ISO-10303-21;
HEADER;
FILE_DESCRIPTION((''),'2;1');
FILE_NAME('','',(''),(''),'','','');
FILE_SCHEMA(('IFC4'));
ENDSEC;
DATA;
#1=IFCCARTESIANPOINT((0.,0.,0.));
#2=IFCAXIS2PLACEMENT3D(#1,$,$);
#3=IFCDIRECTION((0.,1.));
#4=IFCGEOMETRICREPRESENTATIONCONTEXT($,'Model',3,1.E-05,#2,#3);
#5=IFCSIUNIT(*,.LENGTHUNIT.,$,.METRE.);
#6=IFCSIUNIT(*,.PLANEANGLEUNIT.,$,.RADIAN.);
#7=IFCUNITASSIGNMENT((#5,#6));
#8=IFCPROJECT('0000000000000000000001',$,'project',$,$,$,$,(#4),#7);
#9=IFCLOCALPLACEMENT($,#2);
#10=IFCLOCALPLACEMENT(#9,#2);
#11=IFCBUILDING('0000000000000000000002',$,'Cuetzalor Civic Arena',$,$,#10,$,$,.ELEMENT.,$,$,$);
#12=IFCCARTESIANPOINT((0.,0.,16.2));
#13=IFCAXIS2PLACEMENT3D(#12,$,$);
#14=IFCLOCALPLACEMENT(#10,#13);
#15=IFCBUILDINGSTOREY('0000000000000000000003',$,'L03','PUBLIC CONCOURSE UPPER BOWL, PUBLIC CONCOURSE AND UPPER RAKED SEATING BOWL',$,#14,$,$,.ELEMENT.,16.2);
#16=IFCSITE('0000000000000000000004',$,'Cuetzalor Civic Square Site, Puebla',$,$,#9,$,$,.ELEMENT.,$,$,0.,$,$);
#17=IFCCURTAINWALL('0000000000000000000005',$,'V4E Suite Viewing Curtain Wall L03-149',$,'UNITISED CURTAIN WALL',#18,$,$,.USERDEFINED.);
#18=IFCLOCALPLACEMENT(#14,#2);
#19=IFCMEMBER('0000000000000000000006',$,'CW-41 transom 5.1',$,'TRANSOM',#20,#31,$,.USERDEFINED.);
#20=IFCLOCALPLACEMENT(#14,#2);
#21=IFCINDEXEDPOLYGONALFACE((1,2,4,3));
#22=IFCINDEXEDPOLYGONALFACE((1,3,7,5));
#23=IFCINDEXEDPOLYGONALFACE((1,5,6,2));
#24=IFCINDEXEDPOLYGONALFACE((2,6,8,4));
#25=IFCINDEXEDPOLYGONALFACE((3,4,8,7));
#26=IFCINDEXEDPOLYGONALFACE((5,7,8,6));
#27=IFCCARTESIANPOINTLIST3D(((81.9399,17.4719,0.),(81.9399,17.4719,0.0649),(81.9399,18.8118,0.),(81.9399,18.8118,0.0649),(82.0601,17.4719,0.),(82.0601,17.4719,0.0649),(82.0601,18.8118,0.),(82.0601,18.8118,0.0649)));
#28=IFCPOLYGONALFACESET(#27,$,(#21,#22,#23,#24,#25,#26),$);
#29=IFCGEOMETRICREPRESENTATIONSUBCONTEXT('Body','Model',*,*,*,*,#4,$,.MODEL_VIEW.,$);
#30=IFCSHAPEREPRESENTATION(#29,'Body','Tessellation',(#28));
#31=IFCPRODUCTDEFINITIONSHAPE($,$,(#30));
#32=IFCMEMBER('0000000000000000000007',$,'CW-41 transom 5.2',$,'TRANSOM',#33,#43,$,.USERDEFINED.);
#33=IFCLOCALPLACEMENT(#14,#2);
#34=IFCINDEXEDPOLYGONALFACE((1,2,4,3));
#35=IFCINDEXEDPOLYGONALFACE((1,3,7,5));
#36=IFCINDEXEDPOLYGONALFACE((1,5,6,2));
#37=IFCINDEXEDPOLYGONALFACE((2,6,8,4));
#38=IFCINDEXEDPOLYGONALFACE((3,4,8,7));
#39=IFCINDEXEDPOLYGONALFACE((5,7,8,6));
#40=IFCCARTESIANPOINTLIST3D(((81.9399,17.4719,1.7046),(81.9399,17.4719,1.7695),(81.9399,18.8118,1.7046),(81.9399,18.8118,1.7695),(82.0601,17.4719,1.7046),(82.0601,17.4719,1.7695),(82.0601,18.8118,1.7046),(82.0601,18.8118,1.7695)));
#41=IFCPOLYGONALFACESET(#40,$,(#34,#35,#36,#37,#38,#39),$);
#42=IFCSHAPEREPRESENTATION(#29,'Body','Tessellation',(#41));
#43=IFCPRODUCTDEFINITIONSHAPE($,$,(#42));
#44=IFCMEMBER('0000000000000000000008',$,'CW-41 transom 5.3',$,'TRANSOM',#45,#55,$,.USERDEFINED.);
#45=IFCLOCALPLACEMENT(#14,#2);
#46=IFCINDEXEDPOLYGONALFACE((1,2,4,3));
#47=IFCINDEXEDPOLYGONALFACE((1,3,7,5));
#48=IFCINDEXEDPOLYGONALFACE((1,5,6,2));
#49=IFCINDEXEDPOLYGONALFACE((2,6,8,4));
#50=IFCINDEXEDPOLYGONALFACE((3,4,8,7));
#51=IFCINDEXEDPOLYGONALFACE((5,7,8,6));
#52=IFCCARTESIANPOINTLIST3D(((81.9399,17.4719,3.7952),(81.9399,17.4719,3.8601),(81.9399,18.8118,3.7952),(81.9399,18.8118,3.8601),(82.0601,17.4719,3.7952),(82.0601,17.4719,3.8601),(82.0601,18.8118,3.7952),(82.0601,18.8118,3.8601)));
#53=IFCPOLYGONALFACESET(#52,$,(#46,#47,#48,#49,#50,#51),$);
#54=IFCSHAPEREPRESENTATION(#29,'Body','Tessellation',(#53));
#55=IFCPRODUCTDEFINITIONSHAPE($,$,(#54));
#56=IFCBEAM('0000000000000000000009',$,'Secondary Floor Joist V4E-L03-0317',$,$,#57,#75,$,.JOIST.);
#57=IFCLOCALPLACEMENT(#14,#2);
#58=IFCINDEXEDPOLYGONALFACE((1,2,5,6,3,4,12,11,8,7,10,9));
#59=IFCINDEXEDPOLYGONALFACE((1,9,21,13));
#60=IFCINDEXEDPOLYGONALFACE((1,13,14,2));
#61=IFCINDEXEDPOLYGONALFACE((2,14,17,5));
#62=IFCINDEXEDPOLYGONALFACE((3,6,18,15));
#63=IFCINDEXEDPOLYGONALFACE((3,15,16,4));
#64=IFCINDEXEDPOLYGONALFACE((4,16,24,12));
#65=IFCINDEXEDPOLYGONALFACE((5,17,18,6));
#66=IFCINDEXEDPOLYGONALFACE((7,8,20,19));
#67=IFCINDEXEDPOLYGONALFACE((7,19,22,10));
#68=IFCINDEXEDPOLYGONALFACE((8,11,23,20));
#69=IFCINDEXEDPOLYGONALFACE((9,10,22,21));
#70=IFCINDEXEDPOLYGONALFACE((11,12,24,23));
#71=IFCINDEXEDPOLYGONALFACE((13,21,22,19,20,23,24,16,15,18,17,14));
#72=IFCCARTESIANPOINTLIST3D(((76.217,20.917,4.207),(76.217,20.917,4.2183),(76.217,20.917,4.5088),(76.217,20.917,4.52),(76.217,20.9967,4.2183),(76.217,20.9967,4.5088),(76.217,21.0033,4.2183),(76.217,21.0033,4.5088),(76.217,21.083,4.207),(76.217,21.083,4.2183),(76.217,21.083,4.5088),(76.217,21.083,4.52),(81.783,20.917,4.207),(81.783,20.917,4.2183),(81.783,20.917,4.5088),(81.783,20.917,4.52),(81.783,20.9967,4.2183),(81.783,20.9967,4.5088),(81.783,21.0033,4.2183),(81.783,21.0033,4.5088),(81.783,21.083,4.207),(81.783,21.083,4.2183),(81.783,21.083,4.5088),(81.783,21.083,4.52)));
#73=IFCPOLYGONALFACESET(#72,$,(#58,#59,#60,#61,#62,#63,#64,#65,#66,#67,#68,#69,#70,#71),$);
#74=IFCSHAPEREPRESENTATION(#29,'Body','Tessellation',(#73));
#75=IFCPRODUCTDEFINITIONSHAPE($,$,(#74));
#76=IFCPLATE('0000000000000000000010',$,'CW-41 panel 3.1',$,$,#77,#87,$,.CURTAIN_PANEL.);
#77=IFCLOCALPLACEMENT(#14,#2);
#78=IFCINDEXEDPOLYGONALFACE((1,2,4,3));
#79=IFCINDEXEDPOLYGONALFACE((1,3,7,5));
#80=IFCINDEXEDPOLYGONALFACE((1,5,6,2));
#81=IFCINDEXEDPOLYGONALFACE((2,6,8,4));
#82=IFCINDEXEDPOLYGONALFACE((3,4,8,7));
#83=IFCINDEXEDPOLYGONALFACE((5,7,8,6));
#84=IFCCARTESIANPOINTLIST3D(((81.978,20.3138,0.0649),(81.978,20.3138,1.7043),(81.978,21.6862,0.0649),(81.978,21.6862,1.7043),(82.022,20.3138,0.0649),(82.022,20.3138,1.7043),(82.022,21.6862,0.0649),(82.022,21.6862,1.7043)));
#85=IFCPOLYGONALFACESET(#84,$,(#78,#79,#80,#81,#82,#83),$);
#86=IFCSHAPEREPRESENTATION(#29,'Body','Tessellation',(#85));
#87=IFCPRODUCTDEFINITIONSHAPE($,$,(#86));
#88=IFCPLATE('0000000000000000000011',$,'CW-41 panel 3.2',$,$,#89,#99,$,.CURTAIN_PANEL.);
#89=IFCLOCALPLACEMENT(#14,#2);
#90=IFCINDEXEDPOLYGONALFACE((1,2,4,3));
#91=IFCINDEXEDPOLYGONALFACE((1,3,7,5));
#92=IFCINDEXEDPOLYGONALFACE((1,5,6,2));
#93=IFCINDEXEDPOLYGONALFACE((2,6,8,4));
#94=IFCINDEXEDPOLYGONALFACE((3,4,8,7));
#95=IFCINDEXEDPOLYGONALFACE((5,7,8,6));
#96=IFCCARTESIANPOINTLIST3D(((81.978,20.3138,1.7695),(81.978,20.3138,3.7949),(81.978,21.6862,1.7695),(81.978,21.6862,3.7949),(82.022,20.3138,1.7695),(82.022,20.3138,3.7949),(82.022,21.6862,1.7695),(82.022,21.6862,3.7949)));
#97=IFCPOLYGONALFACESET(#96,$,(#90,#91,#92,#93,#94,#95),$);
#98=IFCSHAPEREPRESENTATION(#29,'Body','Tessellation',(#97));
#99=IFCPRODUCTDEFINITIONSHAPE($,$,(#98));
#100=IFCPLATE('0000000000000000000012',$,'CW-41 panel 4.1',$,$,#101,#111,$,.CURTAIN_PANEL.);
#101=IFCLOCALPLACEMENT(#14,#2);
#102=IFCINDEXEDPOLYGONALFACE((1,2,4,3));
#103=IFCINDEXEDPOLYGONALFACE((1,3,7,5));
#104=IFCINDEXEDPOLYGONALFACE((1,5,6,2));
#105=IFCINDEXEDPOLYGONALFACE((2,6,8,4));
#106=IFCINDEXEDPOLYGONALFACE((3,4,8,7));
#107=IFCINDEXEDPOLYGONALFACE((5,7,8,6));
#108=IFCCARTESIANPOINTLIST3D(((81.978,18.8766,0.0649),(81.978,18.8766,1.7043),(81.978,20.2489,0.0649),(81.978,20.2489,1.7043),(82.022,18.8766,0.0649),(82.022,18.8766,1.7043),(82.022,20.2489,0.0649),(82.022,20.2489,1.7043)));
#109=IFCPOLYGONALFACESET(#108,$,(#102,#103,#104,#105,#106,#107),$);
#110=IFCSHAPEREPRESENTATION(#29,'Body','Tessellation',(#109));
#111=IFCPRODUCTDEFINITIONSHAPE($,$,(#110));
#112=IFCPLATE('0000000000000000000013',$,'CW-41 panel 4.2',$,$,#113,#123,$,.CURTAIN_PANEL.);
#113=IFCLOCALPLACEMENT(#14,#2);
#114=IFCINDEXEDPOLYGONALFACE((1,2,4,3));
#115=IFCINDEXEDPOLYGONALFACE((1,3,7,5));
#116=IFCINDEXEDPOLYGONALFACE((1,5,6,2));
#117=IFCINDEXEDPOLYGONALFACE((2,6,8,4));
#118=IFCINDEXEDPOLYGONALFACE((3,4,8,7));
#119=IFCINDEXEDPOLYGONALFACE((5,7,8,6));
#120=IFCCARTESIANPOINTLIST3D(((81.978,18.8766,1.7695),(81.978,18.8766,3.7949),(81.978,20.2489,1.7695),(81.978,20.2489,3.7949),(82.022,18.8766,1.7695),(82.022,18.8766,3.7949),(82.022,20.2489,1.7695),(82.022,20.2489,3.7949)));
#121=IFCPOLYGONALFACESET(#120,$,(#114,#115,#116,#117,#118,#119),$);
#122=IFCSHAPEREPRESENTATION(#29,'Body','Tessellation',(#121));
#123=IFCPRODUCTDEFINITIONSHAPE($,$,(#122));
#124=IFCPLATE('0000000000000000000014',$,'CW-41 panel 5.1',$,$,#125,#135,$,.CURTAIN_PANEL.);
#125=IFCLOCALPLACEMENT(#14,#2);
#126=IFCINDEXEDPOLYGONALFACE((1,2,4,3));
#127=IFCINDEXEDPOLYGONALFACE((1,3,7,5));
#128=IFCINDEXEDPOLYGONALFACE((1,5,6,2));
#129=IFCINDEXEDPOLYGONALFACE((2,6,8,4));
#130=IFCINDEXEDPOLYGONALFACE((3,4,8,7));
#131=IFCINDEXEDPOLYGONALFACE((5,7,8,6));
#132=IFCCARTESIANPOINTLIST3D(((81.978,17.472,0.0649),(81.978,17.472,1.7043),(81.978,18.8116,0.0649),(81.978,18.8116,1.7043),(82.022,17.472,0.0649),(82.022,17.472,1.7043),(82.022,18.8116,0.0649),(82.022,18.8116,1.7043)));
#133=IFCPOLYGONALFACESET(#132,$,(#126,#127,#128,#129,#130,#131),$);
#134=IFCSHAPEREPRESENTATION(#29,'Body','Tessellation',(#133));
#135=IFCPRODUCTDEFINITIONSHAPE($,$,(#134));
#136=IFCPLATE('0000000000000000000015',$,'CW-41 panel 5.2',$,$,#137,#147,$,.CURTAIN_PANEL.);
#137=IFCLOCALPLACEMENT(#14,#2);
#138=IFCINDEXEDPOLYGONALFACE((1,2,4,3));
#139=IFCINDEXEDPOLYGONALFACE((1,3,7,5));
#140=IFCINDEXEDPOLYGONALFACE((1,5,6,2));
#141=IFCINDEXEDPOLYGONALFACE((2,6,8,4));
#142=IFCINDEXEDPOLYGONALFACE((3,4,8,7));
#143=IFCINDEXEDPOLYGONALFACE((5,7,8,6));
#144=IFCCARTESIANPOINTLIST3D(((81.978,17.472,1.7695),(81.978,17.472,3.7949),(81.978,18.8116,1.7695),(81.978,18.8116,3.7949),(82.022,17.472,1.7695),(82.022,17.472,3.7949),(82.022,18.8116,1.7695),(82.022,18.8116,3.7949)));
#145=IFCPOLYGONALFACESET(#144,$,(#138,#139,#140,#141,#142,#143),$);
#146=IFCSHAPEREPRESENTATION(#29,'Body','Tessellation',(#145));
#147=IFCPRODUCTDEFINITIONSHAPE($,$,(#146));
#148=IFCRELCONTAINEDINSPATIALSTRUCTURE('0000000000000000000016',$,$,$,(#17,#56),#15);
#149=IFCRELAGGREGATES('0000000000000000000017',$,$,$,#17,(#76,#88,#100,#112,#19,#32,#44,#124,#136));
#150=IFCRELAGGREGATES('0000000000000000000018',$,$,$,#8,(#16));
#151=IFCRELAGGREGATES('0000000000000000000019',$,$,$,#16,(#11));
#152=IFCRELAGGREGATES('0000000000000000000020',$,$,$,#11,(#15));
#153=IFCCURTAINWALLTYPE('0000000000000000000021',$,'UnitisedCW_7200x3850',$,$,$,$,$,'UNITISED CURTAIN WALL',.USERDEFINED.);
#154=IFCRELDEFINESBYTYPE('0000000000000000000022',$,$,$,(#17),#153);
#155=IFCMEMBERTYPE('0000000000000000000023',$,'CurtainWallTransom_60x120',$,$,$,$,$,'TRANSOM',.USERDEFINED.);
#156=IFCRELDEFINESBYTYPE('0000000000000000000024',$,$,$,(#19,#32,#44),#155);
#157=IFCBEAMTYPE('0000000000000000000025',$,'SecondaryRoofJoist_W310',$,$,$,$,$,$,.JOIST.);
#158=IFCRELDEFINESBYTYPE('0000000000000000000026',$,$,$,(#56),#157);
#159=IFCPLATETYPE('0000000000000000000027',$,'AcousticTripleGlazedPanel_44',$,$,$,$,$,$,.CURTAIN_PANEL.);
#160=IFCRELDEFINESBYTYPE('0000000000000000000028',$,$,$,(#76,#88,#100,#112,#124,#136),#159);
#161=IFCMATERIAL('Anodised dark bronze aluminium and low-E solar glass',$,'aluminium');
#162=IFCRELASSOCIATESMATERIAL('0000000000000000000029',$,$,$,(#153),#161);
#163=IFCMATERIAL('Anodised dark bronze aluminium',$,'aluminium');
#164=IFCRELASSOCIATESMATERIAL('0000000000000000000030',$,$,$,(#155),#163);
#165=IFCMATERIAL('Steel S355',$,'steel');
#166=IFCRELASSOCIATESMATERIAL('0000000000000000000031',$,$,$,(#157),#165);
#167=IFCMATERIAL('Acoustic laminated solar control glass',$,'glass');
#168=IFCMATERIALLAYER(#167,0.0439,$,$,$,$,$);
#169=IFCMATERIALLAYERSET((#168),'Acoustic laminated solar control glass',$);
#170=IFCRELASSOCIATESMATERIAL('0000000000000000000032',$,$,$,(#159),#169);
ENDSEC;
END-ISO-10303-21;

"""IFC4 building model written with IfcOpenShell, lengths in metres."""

from ifc_helpers import new_model, si_unit, direction, frame, origin, origin_2d, place, context, subcontext, project, spatial, rectangle, i_section, extrude, material, layer, layer_set, material_profile, profile_set, type_object, element, aggregate, save


model = new_model("IFC4")

# Units and contexts
model_context = context("Model", 3, precision=1e-05, world=origin(), true_north=direction((0.0, 1.0)))
body_context = subcontext(model_context, "Body", "Model", "MODEL_VIEW")
ifc_project = project(units=[si_unit("LENGTHUNIT", "METRE"), si_unit("PLANEANGLEUNIT", "RADIAN")], contexts=[model_context])

# Site, building, storey
site_placement = place(None, origin())
site = spatial("IfcSite", under=ifc_project, at=site_placement, Name="Cuetzalor Civic Square Site, Puebla", CompositionType="ELEMENT", RefElevation=0.0)
building_placement = place(site_placement, origin())
building = spatial("IfcBuilding", under=site, at=building_placement, Name="Cuetzalor Civic Arena", CompositionType="ELEMENT")
storey_placement = place(building_placement, frame((0.0, 0.0, 16.2)))
storey = spatial("IfcBuildingStorey", under=building, at=storey_placement, Name="L03", Description="PUBLIC CONCOURSE UPPER BOWL, PUBLIC CONCOURSE AND UPPER RAKED SEATING BOWL", CompositionType="ELEMENT", Elevation=16.2)

# Curtain wall, members
ifc_material_1 = material(Name="Anodised dark bronze aluminium and low-E solar glass", Category="aluminium")
curtain_wall_type = type_object("IfcCurtainWallType", Name="UnitisedCW_7200x3850", ElementType="UNITISED CURTAIN WALL", PredefinedType="USERDEFINED", material=ifc_material_1)
curtain_wall_placement = place(storey_placement, origin())
curtain_wall = element("IfcCurtainWall", 1, at=curtain_wall_placement, inside=storey, type_object=curtain_wall_type, Name="V4E Suite Viewing Curtain Wall L03-149", ObjectType="UNITISED CURTAIN WALL", PredefinedType="USERDEFINED")
ifc_material_2 = material(Name="Anodised dark bronze aluminium", Category="aluminium")
ifc_material_profile_1 = material_profile(ifc_material_2, rectangle(XDim=0.1201, YDim=0.0649, at=origin_2d()), Name="ALU TRANSOM 65x120")
ifc_profile_set_1 = profile_set([ifc_material_profile_1], Name="Anodised dark bronze aluminium")
member_type_1 = type_object("IfcMemberType", Name="CurtainWallTransom_60x120", ElementType="TRANSOM", PredefinedType="USERDEFINED", material=ifc_profile_set_1)
member_1_placement = place(storey_placement, frame((82.0, 18.8118, 0.0325), z_axis=(0.0, -1.0, 0.0), x_axis=(1.0, 0.0, 0.0)))
member_1 = element("IfcMember", 2, at=member_1_placement, type_object=member_type_1, Name="CW-41 transom 5.1", ObjectType="TRANSOM", PredefinedType="USERDEFINED", context=body_context, shape_type="SweptSolid", body=[
    extrude(rectangle(XDim=0.1201, YDim=0.0649, at=origin_2d()), origin(), (0.0, 0.0, 1.0), 1.3398),
])
member_2_placement = place(storey_placement, frame((82.0, 18.8118, 1.7371), z_axis=(0.0, -1.0, 0.0), x_axis=(1.0, 0.0, 0.0)))
member_2 = element("IfcMember", 3, at=member_2_placement, type_object=member_type_1, Name="CW-41 transom 5.2", ObjectType="TRANSOM", PredefinedType="USERDEFINED", context=body_context, shape_type="SweptSolid", body=[
    extrude(rectangle(XDim=0.1201, YDim=0.0649, at=origin_2d()), origin(), (0.0, 0.0, 1.0), 1.3398),
])
member_3_placement = place(storey_placement, frame((82.0, 18.8118, 3.8276), z_axis=(0.0, -1.0, 0.0), x_axis=(1.0, 0.0, 0.0)))
member_3 = element("IfcMember", 4, at=member_3_placement, type_object=member_type_1, Name="CW-41 transom 5.3", ObjectType="TRANSOM", PredefinedType="USERDEFINED", context=body_context, shape_type="SweptSolid", body=[
    extrude(rectangle(XDim=0.1201, YDim=0.0649, at=origin_2d()), origin(), (0.0, 0.0, 1.0), 1.3398),
])

# Beam
ifc_material_3 = material(Name="Steel S355", Category="steel")
ifc_material_profile_2 = material_profile(ifc_material_3, i_section(OverallWidth=0.166, OverallDepth=0.313, WebThickness=0.0066, FlangeThickness=0.0112, at=origin_2d()), Name="W310x45")
ifc_profile_set_2 = profile_set([ifc_material_profile_2], Name="Steel S355")
beam_type_1 = type_object("IfcBeamType", Name="SecondaryRoofJoist_W310", PredefinedType="JOIST", material=ifc_profile_set_2)
beam_1_placement = place(storey_placement, frame((76.217, 21.0, 4.3635), z_axis=(1.0, 0.0, 0.0), x_axis=(0.0, 1.0, 0.0)))
element("IfcBeam", 5, at=beam_1_placement, inside=storey, type_object=beam_type_1, Name="Secondary Floor Joist V4E-L03-0317", PredefinedType="JOIST", context=body_context, shape_type="SweptSolid", body=[
    extrude(i_section(OverallWidth=0.166, OverallDepth=0.313, WebThickness=0.0066, FlangeThickness=0.0112, at=origin_2d()), origin(), (0.0, 0.0, 1.0), 5.5659),
])

# Plates
ifc_material_4 = material(Name="Acoustic laminated solar control glass", Category="glass")
ifc_layer = layer(ifc_material_4, 0.0439)
ifc_layer_set = layer_set([ifc_layer], Name="Acoustic laminated solar control glass")
plate_type = type_object("IfcPlateType", Name="AcousticTripleGlazedPanel_44", PredefinedType="CURTAIN_PANEL", material=ifc_layer_set)
plate_1_placement = place(storey_placement, frame((82.0, 21.0, 0.0649), z_axis=(0.0, 0.0, 1.0), x_axis=(0.0, -1.0, 0.0)))
plate_1 = element("IfcPlate", 6, at=plate_1_placement, type_object=plate_type, Name="CW-41 panel 3.1", PredefinedType="CURTAIN_PANEL", context=body_context, shape_type="SweptSolid", body=[
    extrude(rectangle(XDim=1.3723, YDim=0.0439, at=origin_2d()), origin(), (0.0, 0.0, 1.0), 1.6394),
])
plate_2_placement = place(storey_placement, frame((82.0, 21.0, 1.7695), z_axis=(0.0, 0.0, 1.0), x_axis=(0.0, -1.0, 0.0)))
plate_2 = element("IfcPlate", 7, at=plate_2_placement, type_object=plate_type, Name="CW-41 panel 3.2", PredefinedType="CURTAIN_PANEL", context=body_context, shape_type="SweptSolid", body=[
    extrude(rectangle(XDim=1.3723, YDim=0.0439, at=origin_2d()), origin(), (0.0, 0.0, 1.0), 2.0254),
])
plate_3_placement = place(storey_placement, frame((82.0, 19.5627, 0.0649), z_axis=(0.0, 0.0, 1.0), x_axis=(0.0, -1.0, 0.0)))
plate_3 = element("IfcPlate", 8, at=plate_3_placement, type_object=plate_type, Name="CW-41 panel 4.1", PredefinedType="CURTAIN_PANEL", context=body_context, shape_type="SweptSolid", body=[
    extrude(rectangle(XDim=1.3723, YDim=0.0439, at=origin_2d()), origin(), (0.0, 0.0, 1.0), 1.6394),
])
plate_4_placement = place(storey_placement, frame((82.0, 19.5627, 1.7695), z_axis=(0.0, 0.0, 1.0), x_axis=(0.0, -1.0, 0.0)))
plate_4 = element("IfcPlate", 9, at=plate_4_placement, type_object=plate_type, Name="CW-41 panel 4.2", PredefinedType="CURTAIN_PANEL", context=body_context, shape_type="SweptSolid", body=[
    extrude(rectangle(XDim=1.3723, YDim=0.0439, at=origin_2d()), origin(), (0.0, 0.0, 1.0), 2.0254),
])
plate_5_placement = place(storey_placement, frame((82.0, 18.1418, 0.0649), z_axis=(0.0, 0.0, 1.0), x_axis=(0.0, -1.0, 0.0)))
plate_5 = element("IfcPlate", 10, at=plate_5_placement, type_object=plate_type, Name="CW-41 panel 5.1", PredefinedType="CURTAIN_PANEL", context=body_context, shape_type="SweptSolid", body=[
    extrude(rectangle(XDim=1.3396, YDim=0.0439, at=origin_2d()), origin(), (0.0, 0.0, 1.0), 1.6394),
])
plate_6_placement = place(storey_placement, frame((82.0, 18.1418, 1.7695), z_axis=(0.0, 0.0, 1.0), x_axis=(0.0, -1.0, 0.0)))
plate_6 = element("IfcPlate", 11, at=plate_6_placement, type_object=plate_type, Name="CW-41 panel 5.2", PredefinedType="CURTAIN_PANEL", context=body_context, shape_type="SweptSolid", body=[
    extrude(rectangle(XDim=1.3396, YDim=0.0439, at=origin_2d()), origin(), (0.0, 0.0, 1.0), 2.0254),
])
aggregate(curtain_wall, [plate_1, plate_2, plate_3, plate_4, member_1, member_2, member_3, plate_5, plate_6])

save(model, "model.ifc")
